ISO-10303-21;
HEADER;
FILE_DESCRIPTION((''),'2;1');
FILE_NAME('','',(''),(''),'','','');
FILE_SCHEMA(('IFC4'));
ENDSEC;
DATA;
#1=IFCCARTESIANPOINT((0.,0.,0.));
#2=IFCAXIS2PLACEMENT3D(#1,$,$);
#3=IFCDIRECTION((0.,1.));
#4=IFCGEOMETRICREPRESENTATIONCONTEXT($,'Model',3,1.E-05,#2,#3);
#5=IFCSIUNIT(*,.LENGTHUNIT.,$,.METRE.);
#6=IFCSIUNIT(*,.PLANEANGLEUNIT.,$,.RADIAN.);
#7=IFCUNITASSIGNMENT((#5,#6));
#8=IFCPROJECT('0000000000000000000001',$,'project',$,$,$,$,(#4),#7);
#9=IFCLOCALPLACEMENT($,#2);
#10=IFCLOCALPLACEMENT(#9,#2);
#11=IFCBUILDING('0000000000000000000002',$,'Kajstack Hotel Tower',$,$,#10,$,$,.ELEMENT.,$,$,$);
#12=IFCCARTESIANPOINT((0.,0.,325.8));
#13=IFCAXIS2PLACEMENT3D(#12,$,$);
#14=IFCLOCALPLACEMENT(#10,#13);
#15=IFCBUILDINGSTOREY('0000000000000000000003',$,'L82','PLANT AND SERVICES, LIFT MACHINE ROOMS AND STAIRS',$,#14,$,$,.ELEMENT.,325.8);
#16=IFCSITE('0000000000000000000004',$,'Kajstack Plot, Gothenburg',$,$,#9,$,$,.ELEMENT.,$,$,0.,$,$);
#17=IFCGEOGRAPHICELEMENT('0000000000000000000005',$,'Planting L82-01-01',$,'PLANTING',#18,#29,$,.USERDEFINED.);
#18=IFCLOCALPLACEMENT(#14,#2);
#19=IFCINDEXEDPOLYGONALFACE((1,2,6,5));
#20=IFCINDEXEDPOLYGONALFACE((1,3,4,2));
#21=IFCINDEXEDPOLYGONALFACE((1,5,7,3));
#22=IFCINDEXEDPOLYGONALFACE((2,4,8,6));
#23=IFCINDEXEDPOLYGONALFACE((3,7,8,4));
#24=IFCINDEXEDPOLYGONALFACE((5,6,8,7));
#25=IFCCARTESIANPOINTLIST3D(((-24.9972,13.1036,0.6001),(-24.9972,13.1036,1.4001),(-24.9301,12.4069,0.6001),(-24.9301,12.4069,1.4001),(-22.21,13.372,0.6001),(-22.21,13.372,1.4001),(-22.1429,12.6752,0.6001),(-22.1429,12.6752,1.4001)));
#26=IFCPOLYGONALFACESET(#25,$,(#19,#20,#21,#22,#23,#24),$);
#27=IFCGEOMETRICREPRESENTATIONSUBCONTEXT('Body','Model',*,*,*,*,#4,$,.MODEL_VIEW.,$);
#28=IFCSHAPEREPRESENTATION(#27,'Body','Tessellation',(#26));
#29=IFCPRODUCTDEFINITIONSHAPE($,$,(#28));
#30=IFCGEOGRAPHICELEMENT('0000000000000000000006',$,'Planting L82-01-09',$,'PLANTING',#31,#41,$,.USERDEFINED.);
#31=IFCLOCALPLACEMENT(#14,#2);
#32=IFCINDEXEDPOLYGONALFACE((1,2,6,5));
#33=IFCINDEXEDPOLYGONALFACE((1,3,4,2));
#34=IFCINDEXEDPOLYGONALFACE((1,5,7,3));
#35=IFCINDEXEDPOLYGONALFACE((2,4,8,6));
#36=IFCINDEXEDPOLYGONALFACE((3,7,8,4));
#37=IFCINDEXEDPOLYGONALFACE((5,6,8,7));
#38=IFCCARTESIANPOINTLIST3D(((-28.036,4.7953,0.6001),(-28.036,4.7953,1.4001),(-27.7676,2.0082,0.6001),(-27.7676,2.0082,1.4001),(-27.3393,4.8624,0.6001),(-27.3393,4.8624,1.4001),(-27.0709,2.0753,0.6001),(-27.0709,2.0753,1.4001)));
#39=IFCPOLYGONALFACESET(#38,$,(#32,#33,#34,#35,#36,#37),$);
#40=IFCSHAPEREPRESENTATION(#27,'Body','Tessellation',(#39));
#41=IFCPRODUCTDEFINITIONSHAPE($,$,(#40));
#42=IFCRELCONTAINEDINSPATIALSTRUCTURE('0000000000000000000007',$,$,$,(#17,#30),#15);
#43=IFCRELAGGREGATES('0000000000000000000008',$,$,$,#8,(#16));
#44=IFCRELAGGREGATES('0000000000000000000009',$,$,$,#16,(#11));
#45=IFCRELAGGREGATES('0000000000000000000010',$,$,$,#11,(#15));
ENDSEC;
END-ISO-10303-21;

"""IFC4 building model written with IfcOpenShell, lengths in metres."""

from ifc_helpers import new_model, si_unit, direction, frame, origin, origin_2d, place, context, subcontext, project, spatial, rectangle, extrude, element, save


model = new_model("IFC4")

# Units and contexts
model_context = context("Model", 3, precision=1e-05, world=origin(), true_north=direction((0.0, 1.0)))
body_context = subcontext(model_context, "Body", "Model", "MODEL_VIEW")
ifc_project = project(units=[si_unit("LENGTHUNIT", "METRE"), si_unit("PLANEANGLEUNIT", "RADIAN")], contexts=[model_context])

# Site, building, storey
site_placement = place(None, origin())
site = spatial("IfcSite", under=ifc_project, at=site_placement, Name="Kajstack Plot, Gothenburg", CompositionType="ELEMENT", RefElevation=0.0)
building_placement = place(site_placement, origin())
building = spatial("IfcBuilding", under=site, at=building_placement, Name="Kajstack Hotel Tower", CompositionType="ELEMENT")
storey_placement = place(building_placement, frame((0.0, 0.0, 325.8)))
storey = spatial("IfcBuildingStorey", under=building, at=storey_placement, Name="L82", Description="PLANT AND SERVICES, LIFT MACHINE ROOMS AND STAIRS", CompositionType="ELEMENT", Elevation=325.8)

# Geographic elements
for number, where, z_axis, x_axis, name in (
    (1, (-23.5701, 12.8894, 0.6001), (0.0, 0.0, 1.0), (0.995396, 0.095845, 0.0), "Planting L82-01-01"),
    (2, (-27.5535, 3.4353, 0.6001), (0.0, 0.0, 1.0), (-0.095849, 0.995396, 0.0), "Planting L82-01-09"),
):
    element("IfcGeographicElement", number, at=place(storey_placement, frame(where, z_axis=z_axis, x_axis=x_axis)), inside=storey, Name=name, ObjectType="PLANTING", PredefinedType="USERDEFINED", context=body_context, shape_type="SweptSolid", body=[
        extrude(rectangle(XDim=2.8, YDim=0.7, at=origin_2d()), origin(), (0.0, 0.0, 1.0), 0.8),
    ])

save(model, "model.ifc")
